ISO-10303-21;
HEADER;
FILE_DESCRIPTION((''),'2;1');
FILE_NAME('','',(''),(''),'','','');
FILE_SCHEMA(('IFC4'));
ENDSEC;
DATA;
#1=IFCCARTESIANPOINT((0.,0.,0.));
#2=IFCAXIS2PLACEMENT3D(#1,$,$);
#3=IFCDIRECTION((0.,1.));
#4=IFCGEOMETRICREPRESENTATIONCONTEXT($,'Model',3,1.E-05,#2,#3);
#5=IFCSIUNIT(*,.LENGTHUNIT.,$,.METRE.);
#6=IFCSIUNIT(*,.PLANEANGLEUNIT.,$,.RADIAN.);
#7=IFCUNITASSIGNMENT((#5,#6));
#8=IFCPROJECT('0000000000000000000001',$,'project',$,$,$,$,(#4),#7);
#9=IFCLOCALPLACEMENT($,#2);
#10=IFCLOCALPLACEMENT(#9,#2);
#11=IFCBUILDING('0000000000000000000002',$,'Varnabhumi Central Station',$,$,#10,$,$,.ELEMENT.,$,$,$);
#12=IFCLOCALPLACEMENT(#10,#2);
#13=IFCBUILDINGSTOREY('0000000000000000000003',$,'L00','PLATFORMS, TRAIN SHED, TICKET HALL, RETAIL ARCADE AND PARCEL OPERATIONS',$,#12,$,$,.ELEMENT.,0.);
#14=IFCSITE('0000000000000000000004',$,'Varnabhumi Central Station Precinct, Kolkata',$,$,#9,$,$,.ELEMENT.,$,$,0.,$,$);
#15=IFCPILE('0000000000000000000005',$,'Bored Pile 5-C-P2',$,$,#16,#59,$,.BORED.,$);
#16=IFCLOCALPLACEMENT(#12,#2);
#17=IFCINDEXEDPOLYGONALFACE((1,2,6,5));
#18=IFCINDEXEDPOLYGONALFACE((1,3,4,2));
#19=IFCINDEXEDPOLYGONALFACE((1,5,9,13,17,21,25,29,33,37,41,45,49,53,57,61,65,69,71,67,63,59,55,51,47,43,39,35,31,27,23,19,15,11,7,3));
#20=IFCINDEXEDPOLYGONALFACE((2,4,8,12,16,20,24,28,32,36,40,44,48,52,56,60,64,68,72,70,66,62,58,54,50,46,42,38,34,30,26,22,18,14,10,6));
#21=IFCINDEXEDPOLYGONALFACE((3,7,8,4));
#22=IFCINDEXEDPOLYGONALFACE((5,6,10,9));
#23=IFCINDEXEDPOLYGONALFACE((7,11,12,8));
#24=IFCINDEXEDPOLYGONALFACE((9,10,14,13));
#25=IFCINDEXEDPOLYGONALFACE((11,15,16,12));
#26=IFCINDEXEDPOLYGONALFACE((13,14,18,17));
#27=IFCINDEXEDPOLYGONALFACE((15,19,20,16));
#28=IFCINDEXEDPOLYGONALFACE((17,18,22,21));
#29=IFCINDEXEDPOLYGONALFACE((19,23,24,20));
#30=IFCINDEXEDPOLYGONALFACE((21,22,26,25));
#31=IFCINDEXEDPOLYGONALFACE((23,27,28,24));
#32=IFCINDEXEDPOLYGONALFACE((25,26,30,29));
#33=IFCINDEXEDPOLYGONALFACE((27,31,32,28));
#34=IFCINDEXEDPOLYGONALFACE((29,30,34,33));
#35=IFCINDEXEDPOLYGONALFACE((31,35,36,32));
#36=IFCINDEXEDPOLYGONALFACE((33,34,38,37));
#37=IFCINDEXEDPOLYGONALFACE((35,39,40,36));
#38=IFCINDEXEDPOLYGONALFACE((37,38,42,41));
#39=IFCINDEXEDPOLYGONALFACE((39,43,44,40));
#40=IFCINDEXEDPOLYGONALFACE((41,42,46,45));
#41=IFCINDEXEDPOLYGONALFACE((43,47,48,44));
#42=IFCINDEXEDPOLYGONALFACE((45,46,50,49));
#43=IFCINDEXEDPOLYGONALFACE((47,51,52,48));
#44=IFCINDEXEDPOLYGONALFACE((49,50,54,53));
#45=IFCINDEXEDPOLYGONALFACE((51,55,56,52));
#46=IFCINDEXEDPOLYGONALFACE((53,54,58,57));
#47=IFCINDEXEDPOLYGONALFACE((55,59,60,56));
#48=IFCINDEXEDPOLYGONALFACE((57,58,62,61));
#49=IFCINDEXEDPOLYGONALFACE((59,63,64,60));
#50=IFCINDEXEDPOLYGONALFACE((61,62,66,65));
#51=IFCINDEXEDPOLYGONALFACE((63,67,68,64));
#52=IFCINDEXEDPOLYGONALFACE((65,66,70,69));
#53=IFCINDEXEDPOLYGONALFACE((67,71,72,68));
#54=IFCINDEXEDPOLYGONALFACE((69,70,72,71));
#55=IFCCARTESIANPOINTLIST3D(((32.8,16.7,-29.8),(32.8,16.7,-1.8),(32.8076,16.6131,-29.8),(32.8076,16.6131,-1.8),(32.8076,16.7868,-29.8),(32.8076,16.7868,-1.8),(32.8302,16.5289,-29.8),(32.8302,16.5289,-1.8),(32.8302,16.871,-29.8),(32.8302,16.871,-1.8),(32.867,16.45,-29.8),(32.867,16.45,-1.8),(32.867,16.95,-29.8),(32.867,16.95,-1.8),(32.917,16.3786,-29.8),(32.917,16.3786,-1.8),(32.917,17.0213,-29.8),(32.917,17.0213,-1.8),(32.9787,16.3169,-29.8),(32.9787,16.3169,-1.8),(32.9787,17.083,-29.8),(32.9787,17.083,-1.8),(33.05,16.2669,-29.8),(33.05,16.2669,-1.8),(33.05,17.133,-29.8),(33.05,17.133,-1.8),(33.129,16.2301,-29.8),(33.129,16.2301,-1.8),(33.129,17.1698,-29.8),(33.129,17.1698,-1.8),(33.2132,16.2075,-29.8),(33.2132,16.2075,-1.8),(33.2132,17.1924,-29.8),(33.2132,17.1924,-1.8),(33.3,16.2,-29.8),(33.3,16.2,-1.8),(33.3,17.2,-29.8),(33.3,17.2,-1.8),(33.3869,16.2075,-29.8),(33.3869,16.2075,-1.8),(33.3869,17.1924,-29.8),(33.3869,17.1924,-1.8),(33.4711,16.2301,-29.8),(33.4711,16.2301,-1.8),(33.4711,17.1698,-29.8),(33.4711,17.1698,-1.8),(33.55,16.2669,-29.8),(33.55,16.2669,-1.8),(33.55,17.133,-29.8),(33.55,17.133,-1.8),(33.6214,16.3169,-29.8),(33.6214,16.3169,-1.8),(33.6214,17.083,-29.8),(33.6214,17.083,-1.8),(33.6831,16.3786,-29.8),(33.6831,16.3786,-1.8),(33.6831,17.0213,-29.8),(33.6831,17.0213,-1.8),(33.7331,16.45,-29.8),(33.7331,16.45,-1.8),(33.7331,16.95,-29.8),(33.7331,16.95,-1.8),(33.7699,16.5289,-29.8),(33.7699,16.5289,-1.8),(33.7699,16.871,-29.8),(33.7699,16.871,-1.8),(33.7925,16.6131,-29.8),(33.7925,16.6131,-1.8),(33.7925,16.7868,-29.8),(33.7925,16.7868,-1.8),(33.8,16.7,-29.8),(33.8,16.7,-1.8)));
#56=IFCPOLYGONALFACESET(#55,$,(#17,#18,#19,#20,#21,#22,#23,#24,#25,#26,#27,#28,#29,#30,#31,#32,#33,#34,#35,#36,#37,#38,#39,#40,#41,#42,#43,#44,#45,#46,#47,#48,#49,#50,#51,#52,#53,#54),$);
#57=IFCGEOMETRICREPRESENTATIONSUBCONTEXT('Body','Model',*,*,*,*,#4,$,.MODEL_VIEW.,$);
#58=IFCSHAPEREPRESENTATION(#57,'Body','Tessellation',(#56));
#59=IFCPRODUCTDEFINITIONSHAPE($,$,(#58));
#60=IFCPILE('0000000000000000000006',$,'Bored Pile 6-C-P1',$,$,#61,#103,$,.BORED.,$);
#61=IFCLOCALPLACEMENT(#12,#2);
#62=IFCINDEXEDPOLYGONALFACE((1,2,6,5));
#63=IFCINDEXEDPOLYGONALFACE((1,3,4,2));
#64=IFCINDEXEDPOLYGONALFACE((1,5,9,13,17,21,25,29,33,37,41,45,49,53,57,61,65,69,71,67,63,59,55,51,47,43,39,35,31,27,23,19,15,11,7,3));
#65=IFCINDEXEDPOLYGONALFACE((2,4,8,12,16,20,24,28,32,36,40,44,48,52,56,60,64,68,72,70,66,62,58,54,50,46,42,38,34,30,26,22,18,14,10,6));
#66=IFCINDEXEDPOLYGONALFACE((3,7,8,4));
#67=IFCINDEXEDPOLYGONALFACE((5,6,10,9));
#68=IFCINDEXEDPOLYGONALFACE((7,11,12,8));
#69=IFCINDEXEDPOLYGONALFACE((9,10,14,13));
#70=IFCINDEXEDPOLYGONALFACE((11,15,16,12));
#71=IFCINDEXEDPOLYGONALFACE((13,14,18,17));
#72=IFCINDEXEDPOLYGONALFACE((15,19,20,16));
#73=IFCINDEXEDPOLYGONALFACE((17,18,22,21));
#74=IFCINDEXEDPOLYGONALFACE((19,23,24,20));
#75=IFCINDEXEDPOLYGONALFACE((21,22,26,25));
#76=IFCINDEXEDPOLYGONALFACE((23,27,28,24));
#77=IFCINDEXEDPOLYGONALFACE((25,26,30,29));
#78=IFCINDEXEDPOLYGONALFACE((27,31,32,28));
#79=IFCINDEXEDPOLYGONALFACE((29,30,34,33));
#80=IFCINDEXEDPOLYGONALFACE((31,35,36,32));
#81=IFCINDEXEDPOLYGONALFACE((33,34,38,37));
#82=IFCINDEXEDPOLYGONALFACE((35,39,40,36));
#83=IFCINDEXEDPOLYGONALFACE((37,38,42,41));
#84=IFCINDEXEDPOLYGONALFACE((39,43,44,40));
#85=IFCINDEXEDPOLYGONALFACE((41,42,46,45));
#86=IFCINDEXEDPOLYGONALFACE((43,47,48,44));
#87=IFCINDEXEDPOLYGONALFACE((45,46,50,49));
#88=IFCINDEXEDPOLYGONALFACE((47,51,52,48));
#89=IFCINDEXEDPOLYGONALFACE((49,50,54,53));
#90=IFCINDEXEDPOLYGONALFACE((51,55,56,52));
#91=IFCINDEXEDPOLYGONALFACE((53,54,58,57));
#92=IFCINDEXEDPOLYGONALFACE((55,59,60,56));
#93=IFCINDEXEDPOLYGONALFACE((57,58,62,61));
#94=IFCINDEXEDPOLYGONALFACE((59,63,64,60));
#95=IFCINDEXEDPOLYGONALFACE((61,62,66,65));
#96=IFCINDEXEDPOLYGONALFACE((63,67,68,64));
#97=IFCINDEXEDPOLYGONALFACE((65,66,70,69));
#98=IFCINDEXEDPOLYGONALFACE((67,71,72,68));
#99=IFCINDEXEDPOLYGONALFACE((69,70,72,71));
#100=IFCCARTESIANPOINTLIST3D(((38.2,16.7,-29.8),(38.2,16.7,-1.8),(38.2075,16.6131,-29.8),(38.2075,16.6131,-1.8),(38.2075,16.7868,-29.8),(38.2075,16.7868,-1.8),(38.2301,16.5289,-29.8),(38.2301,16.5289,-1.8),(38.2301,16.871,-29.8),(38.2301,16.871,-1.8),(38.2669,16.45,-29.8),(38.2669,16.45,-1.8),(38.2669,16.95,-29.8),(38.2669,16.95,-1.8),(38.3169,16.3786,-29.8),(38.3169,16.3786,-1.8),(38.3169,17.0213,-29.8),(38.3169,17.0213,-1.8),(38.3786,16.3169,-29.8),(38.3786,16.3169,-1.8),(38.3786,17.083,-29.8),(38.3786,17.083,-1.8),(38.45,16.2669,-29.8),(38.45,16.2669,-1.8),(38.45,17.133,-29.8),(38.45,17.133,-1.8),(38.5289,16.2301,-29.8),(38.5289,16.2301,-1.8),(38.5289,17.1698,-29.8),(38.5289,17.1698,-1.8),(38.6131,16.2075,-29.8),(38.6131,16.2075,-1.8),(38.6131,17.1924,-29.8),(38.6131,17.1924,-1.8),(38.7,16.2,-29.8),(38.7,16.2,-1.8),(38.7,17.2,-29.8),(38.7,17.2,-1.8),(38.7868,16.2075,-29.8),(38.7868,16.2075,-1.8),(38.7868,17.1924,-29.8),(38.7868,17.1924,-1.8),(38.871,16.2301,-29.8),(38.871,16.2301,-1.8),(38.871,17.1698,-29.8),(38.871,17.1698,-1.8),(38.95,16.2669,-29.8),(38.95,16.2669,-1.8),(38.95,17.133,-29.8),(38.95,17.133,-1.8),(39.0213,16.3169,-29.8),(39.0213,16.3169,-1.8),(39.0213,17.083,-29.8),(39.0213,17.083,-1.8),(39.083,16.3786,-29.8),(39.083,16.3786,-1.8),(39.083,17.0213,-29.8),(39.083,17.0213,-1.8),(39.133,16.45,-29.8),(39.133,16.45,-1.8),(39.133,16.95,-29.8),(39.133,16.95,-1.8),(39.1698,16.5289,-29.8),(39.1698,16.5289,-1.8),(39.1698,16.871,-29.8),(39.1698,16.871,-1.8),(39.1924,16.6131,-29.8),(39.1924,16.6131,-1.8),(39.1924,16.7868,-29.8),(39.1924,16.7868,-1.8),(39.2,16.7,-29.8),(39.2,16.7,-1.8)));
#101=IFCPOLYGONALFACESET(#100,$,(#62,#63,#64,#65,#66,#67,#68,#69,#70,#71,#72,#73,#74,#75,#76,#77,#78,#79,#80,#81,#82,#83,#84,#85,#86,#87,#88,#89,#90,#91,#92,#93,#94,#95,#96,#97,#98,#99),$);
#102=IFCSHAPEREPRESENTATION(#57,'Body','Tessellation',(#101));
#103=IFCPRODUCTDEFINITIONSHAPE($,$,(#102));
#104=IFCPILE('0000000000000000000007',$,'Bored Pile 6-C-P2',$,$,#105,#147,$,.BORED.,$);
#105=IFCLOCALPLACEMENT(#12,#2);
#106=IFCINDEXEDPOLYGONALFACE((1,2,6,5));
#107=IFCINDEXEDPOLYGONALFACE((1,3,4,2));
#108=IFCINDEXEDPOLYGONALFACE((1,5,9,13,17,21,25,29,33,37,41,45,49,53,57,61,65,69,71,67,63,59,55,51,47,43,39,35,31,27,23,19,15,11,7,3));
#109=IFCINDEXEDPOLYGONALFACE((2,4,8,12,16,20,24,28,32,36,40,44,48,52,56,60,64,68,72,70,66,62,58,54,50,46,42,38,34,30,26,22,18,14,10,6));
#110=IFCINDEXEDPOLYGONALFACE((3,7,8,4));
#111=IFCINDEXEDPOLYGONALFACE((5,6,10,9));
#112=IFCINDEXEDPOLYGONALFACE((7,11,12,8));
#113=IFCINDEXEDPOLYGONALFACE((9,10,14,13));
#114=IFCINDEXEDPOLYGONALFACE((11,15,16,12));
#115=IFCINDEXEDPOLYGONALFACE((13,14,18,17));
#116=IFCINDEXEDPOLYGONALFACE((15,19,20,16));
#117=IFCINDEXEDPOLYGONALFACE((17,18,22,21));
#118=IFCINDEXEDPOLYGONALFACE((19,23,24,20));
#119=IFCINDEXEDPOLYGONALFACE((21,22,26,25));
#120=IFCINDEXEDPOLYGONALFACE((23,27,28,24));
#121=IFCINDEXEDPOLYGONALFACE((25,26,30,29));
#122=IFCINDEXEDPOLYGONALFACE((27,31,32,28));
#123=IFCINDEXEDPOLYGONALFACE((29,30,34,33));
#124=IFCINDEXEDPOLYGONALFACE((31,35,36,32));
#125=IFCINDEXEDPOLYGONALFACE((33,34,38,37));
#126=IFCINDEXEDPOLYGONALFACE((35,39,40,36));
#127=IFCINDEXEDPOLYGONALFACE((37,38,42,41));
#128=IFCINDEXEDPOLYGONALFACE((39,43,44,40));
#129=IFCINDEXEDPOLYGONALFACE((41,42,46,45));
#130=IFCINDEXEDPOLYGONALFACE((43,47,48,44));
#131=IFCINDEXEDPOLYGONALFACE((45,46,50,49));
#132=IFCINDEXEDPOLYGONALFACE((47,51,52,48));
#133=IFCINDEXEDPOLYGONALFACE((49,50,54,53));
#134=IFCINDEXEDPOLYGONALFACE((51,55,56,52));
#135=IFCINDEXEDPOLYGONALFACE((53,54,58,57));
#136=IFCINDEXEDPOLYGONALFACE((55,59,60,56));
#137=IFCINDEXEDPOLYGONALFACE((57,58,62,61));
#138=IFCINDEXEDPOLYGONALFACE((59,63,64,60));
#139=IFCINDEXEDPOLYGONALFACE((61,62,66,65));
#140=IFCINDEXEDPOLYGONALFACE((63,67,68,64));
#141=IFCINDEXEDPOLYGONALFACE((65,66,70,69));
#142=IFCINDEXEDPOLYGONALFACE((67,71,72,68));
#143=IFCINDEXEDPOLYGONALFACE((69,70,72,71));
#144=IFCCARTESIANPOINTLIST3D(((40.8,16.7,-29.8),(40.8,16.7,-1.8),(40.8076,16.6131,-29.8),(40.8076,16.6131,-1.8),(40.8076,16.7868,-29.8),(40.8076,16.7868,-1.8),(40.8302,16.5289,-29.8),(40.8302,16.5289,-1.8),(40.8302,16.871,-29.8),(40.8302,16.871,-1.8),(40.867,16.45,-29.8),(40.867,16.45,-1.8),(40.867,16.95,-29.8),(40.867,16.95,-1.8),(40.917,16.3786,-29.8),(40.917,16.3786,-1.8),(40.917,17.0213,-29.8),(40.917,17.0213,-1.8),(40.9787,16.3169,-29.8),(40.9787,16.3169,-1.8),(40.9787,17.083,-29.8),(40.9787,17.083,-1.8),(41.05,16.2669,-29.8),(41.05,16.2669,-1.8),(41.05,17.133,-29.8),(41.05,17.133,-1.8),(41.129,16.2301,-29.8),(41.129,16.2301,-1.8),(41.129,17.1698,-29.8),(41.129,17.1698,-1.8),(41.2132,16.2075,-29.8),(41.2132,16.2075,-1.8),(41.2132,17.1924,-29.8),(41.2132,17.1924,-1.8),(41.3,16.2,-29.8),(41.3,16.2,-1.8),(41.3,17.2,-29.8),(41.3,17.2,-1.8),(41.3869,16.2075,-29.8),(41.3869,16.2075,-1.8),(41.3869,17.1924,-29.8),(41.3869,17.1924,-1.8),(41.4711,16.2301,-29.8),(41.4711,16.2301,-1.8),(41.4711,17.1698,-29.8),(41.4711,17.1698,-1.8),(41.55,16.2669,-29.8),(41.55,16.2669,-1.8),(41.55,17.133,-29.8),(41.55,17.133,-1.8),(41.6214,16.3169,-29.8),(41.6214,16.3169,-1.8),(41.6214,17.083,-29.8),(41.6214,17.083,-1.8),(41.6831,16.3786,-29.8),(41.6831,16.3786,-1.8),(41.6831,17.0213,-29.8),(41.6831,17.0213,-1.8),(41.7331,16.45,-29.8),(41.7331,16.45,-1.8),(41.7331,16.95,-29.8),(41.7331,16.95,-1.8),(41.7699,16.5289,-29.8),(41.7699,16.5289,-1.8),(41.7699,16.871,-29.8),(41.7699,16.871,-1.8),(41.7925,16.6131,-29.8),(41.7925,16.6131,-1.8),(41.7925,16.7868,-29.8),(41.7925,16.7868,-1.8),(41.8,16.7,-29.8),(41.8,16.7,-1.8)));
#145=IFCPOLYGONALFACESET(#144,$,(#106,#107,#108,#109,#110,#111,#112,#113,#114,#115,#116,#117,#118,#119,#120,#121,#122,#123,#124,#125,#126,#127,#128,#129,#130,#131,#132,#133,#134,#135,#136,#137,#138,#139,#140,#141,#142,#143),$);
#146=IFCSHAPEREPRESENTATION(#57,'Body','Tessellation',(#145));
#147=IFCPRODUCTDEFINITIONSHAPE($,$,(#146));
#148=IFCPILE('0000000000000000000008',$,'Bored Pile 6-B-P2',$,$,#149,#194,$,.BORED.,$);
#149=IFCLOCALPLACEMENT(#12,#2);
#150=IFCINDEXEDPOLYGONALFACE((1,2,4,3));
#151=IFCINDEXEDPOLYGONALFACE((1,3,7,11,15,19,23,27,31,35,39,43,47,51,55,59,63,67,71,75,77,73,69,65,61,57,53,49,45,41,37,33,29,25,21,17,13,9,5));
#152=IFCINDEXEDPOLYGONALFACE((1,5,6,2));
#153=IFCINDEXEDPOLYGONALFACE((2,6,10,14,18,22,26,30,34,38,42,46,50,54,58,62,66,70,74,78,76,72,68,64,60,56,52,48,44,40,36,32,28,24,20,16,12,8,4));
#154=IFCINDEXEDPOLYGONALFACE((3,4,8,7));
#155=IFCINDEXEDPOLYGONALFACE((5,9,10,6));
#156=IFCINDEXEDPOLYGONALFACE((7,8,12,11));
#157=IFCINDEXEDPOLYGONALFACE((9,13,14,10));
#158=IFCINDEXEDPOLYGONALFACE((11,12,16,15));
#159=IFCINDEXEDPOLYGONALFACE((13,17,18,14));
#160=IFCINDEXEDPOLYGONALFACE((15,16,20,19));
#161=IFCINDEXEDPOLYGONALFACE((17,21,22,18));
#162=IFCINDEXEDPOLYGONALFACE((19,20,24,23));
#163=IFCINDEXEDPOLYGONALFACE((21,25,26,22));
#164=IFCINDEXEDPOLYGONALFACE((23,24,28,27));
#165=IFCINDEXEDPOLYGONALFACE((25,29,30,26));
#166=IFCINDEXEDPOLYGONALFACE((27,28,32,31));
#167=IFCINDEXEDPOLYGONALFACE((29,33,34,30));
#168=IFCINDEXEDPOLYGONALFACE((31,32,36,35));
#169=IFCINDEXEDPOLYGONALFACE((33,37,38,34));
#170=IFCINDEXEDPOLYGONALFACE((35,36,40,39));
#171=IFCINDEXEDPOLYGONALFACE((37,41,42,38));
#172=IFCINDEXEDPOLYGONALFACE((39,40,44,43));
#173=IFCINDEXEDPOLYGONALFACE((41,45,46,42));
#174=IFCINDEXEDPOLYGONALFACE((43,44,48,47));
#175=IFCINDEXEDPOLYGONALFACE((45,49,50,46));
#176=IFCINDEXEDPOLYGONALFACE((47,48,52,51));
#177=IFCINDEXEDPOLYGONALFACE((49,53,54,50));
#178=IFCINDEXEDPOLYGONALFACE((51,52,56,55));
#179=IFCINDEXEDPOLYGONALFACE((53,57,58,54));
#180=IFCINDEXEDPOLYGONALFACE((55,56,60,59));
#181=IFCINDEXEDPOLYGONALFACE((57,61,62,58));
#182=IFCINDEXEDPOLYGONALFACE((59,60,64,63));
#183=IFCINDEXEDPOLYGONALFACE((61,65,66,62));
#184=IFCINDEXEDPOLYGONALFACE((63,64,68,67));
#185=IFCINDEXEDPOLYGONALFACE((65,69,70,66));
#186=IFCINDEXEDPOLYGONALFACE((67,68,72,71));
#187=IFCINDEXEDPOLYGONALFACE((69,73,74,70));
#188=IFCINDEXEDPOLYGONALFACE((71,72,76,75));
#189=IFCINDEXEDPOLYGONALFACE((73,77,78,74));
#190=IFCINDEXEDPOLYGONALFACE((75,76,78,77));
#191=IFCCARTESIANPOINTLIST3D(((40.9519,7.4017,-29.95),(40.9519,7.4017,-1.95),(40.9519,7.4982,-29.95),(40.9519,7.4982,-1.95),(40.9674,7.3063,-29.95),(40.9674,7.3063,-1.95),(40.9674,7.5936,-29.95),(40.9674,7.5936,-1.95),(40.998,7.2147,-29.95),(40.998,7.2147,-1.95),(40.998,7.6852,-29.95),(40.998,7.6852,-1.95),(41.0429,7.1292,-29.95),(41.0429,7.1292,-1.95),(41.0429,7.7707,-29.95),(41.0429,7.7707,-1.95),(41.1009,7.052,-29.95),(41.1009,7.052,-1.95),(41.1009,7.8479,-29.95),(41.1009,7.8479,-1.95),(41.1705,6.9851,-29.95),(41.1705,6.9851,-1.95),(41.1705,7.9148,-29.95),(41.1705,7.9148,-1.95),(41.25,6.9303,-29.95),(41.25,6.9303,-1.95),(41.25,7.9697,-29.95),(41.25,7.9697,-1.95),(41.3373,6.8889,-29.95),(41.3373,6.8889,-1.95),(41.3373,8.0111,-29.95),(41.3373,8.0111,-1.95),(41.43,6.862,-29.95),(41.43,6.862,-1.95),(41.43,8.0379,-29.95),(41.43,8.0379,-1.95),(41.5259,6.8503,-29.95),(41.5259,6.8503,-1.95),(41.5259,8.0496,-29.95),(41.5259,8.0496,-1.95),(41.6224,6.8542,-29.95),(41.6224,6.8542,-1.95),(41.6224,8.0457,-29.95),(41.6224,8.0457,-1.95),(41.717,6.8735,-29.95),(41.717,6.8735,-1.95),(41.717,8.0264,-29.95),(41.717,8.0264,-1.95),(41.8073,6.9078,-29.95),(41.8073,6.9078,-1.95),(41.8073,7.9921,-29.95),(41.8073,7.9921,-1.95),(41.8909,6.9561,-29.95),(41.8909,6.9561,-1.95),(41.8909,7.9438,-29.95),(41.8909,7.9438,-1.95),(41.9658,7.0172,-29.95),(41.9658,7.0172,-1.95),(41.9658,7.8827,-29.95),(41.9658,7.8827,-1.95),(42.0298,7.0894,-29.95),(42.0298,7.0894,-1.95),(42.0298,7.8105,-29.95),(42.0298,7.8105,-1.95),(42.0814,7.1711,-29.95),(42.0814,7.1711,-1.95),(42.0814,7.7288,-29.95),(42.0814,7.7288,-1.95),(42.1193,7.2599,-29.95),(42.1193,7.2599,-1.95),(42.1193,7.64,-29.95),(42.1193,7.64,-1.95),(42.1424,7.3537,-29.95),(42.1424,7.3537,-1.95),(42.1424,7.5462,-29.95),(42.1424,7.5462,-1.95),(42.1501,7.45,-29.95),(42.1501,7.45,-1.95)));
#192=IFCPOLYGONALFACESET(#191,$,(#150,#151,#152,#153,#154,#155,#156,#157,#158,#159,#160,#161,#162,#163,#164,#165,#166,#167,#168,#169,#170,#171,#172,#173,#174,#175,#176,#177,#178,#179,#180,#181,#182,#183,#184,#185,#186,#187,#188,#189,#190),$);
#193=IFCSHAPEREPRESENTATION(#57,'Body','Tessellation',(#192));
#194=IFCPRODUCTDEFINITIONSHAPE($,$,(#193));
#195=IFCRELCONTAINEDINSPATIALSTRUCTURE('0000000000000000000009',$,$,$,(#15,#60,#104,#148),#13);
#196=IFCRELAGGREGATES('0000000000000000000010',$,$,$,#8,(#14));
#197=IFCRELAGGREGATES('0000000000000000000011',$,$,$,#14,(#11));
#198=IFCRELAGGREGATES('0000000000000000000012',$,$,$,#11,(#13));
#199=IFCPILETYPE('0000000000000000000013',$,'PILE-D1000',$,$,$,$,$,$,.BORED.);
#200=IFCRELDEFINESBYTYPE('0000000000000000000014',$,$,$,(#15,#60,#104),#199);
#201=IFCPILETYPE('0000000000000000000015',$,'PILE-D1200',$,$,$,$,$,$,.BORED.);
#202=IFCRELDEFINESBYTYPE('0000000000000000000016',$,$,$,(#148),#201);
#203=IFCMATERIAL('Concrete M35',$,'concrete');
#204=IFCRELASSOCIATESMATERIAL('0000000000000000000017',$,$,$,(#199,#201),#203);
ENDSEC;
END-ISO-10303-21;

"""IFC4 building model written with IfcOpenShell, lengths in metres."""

from ifc_helpers import new_model, si_unit, direction, frame, origin, origin_2d, place, context, subcontext, project, spatial, circle, extrude, material, material_profile, profile_set, type_object, element, save


model = new_model("IFC4")

# Units and contexts
model_context = context("Model", 3, precision=1e-05, world=origin(), true_north=direction((0.0, 1.0)))
body_context = subcontext(model_context, "Body", "Model", "MODEL_VIEW")
ifc_project = project(units=[si_unit("LENGTHUNIT", "METRE"), si_unit("PLANEANGLEUNIT", "RADIAN")], contexts=[model_context])

# Site, building, storey
site_placement = place(None, origin())
site = spatial("IfcSite", under=ifc_project, at=site_placement, Name="Varnabhumi Central Station Precinct, Kolkata", CompositionType="ELEMENT", RefElevation=0.0)
building_placement = place(site_placement, origin())
building = spatial("IfcBuilding", under=site, at=building_placement, Name="Varnabhumi Central Station", CompositionType="ELEMENT")
storey_placement = place(building_placement, origin())
storey = spatial("IfcBuildingStorey", under=building, at=storey_placement, Name="L00", Description="PLATFORMS, TRAIN SHED, TICKET HALL, RETAIL ARCADE AND PARCEL OPERATIONS", CompositionType="ELEMENT", Elevation=0.0)

# Piles
ifc_material_1 = material(Name="Concrete M35", Category="concrete")
ifc_material_profile_1 = material_profile(ifc_material_1, circle(Radius=0.5, at=origin_2d()), Name="Concrete M35", Category="concrete")
ifc_profile_set_1 = profile_set([ifc_material_profile_1], Name="Concrete M35")
pile_type_1 = type_object("IfcPileType", Name="PILE-D1000", PredefinedType="BORED", material=ifc_profile_set_1)
for number, where, z_axis, x_axis, name in (
    (1, (33.3, 16.7, -1.8), (0.0, 0.0, -1.0), (1.0, 0.0, 0.0), "Bored Pile 5-C-P2"),
    (2, (38.7, 16.7, -1.8), (0.0, 0.0, -1.0), (1.0, 0.0, 0.0), "Bored Pile 6-C-P1"),
    (3, (41.3, 16.7, -1.8), (0.0, 0.0, -1.0), (1.0, 0.0, 0.0), "Bored Pile 6-C-P2"),
):
    element("IfcPile", number, at=place(storey_placement, frame(where, z_axis=z_axis, x_axis=x_axis)), inside=storey, type_object=pile_type_1, Name=name, PredefinedType="BORED", context=body_context, shape_type="SweptSolid", body=[
        extrude(circle(Radius=0.5, at=origin_2d()), origin(), (0.0, 0.0, 1.0), 28.0),
    ])
ifc_material_profile_2 = material_profile(ifc_material_1, circle(Radius=0.6001, at=origin_2d()), Name="Concrete M35", Category="concrete")
ifc_profile_set_2 = profile_set([ifc_material_profile_2], Name="Concrete M35")
pile_type_2 = type_object("IfcPileType", Name="PILE-D1200", PredefinedType="BORED", material=ifc_profile_set_2)
for number, where, z_axis, x_axis, name in (
    (4, (41.55, 7.45, -1.95), (0.0, 0.0, -1.0), (1.0, 0.0, 0.0), "Bored Pile 6-B-P2"),
):
    element("IfcPile", number, at=place(storey_placement, frame(where, z_axis=z_axis, x_axis=x_axis)), inside=storey, type_object=pile_type_2, Name=name, PredefinedType="BORED", context=body_context, shape_type="SweptSolid", body=[
        extrude(circle(Radius=0.6001, at=origin_2d()), origin(), (0.0, 0.0, 1.0), 28.0),
    ])

save(model, "model.ifc")
